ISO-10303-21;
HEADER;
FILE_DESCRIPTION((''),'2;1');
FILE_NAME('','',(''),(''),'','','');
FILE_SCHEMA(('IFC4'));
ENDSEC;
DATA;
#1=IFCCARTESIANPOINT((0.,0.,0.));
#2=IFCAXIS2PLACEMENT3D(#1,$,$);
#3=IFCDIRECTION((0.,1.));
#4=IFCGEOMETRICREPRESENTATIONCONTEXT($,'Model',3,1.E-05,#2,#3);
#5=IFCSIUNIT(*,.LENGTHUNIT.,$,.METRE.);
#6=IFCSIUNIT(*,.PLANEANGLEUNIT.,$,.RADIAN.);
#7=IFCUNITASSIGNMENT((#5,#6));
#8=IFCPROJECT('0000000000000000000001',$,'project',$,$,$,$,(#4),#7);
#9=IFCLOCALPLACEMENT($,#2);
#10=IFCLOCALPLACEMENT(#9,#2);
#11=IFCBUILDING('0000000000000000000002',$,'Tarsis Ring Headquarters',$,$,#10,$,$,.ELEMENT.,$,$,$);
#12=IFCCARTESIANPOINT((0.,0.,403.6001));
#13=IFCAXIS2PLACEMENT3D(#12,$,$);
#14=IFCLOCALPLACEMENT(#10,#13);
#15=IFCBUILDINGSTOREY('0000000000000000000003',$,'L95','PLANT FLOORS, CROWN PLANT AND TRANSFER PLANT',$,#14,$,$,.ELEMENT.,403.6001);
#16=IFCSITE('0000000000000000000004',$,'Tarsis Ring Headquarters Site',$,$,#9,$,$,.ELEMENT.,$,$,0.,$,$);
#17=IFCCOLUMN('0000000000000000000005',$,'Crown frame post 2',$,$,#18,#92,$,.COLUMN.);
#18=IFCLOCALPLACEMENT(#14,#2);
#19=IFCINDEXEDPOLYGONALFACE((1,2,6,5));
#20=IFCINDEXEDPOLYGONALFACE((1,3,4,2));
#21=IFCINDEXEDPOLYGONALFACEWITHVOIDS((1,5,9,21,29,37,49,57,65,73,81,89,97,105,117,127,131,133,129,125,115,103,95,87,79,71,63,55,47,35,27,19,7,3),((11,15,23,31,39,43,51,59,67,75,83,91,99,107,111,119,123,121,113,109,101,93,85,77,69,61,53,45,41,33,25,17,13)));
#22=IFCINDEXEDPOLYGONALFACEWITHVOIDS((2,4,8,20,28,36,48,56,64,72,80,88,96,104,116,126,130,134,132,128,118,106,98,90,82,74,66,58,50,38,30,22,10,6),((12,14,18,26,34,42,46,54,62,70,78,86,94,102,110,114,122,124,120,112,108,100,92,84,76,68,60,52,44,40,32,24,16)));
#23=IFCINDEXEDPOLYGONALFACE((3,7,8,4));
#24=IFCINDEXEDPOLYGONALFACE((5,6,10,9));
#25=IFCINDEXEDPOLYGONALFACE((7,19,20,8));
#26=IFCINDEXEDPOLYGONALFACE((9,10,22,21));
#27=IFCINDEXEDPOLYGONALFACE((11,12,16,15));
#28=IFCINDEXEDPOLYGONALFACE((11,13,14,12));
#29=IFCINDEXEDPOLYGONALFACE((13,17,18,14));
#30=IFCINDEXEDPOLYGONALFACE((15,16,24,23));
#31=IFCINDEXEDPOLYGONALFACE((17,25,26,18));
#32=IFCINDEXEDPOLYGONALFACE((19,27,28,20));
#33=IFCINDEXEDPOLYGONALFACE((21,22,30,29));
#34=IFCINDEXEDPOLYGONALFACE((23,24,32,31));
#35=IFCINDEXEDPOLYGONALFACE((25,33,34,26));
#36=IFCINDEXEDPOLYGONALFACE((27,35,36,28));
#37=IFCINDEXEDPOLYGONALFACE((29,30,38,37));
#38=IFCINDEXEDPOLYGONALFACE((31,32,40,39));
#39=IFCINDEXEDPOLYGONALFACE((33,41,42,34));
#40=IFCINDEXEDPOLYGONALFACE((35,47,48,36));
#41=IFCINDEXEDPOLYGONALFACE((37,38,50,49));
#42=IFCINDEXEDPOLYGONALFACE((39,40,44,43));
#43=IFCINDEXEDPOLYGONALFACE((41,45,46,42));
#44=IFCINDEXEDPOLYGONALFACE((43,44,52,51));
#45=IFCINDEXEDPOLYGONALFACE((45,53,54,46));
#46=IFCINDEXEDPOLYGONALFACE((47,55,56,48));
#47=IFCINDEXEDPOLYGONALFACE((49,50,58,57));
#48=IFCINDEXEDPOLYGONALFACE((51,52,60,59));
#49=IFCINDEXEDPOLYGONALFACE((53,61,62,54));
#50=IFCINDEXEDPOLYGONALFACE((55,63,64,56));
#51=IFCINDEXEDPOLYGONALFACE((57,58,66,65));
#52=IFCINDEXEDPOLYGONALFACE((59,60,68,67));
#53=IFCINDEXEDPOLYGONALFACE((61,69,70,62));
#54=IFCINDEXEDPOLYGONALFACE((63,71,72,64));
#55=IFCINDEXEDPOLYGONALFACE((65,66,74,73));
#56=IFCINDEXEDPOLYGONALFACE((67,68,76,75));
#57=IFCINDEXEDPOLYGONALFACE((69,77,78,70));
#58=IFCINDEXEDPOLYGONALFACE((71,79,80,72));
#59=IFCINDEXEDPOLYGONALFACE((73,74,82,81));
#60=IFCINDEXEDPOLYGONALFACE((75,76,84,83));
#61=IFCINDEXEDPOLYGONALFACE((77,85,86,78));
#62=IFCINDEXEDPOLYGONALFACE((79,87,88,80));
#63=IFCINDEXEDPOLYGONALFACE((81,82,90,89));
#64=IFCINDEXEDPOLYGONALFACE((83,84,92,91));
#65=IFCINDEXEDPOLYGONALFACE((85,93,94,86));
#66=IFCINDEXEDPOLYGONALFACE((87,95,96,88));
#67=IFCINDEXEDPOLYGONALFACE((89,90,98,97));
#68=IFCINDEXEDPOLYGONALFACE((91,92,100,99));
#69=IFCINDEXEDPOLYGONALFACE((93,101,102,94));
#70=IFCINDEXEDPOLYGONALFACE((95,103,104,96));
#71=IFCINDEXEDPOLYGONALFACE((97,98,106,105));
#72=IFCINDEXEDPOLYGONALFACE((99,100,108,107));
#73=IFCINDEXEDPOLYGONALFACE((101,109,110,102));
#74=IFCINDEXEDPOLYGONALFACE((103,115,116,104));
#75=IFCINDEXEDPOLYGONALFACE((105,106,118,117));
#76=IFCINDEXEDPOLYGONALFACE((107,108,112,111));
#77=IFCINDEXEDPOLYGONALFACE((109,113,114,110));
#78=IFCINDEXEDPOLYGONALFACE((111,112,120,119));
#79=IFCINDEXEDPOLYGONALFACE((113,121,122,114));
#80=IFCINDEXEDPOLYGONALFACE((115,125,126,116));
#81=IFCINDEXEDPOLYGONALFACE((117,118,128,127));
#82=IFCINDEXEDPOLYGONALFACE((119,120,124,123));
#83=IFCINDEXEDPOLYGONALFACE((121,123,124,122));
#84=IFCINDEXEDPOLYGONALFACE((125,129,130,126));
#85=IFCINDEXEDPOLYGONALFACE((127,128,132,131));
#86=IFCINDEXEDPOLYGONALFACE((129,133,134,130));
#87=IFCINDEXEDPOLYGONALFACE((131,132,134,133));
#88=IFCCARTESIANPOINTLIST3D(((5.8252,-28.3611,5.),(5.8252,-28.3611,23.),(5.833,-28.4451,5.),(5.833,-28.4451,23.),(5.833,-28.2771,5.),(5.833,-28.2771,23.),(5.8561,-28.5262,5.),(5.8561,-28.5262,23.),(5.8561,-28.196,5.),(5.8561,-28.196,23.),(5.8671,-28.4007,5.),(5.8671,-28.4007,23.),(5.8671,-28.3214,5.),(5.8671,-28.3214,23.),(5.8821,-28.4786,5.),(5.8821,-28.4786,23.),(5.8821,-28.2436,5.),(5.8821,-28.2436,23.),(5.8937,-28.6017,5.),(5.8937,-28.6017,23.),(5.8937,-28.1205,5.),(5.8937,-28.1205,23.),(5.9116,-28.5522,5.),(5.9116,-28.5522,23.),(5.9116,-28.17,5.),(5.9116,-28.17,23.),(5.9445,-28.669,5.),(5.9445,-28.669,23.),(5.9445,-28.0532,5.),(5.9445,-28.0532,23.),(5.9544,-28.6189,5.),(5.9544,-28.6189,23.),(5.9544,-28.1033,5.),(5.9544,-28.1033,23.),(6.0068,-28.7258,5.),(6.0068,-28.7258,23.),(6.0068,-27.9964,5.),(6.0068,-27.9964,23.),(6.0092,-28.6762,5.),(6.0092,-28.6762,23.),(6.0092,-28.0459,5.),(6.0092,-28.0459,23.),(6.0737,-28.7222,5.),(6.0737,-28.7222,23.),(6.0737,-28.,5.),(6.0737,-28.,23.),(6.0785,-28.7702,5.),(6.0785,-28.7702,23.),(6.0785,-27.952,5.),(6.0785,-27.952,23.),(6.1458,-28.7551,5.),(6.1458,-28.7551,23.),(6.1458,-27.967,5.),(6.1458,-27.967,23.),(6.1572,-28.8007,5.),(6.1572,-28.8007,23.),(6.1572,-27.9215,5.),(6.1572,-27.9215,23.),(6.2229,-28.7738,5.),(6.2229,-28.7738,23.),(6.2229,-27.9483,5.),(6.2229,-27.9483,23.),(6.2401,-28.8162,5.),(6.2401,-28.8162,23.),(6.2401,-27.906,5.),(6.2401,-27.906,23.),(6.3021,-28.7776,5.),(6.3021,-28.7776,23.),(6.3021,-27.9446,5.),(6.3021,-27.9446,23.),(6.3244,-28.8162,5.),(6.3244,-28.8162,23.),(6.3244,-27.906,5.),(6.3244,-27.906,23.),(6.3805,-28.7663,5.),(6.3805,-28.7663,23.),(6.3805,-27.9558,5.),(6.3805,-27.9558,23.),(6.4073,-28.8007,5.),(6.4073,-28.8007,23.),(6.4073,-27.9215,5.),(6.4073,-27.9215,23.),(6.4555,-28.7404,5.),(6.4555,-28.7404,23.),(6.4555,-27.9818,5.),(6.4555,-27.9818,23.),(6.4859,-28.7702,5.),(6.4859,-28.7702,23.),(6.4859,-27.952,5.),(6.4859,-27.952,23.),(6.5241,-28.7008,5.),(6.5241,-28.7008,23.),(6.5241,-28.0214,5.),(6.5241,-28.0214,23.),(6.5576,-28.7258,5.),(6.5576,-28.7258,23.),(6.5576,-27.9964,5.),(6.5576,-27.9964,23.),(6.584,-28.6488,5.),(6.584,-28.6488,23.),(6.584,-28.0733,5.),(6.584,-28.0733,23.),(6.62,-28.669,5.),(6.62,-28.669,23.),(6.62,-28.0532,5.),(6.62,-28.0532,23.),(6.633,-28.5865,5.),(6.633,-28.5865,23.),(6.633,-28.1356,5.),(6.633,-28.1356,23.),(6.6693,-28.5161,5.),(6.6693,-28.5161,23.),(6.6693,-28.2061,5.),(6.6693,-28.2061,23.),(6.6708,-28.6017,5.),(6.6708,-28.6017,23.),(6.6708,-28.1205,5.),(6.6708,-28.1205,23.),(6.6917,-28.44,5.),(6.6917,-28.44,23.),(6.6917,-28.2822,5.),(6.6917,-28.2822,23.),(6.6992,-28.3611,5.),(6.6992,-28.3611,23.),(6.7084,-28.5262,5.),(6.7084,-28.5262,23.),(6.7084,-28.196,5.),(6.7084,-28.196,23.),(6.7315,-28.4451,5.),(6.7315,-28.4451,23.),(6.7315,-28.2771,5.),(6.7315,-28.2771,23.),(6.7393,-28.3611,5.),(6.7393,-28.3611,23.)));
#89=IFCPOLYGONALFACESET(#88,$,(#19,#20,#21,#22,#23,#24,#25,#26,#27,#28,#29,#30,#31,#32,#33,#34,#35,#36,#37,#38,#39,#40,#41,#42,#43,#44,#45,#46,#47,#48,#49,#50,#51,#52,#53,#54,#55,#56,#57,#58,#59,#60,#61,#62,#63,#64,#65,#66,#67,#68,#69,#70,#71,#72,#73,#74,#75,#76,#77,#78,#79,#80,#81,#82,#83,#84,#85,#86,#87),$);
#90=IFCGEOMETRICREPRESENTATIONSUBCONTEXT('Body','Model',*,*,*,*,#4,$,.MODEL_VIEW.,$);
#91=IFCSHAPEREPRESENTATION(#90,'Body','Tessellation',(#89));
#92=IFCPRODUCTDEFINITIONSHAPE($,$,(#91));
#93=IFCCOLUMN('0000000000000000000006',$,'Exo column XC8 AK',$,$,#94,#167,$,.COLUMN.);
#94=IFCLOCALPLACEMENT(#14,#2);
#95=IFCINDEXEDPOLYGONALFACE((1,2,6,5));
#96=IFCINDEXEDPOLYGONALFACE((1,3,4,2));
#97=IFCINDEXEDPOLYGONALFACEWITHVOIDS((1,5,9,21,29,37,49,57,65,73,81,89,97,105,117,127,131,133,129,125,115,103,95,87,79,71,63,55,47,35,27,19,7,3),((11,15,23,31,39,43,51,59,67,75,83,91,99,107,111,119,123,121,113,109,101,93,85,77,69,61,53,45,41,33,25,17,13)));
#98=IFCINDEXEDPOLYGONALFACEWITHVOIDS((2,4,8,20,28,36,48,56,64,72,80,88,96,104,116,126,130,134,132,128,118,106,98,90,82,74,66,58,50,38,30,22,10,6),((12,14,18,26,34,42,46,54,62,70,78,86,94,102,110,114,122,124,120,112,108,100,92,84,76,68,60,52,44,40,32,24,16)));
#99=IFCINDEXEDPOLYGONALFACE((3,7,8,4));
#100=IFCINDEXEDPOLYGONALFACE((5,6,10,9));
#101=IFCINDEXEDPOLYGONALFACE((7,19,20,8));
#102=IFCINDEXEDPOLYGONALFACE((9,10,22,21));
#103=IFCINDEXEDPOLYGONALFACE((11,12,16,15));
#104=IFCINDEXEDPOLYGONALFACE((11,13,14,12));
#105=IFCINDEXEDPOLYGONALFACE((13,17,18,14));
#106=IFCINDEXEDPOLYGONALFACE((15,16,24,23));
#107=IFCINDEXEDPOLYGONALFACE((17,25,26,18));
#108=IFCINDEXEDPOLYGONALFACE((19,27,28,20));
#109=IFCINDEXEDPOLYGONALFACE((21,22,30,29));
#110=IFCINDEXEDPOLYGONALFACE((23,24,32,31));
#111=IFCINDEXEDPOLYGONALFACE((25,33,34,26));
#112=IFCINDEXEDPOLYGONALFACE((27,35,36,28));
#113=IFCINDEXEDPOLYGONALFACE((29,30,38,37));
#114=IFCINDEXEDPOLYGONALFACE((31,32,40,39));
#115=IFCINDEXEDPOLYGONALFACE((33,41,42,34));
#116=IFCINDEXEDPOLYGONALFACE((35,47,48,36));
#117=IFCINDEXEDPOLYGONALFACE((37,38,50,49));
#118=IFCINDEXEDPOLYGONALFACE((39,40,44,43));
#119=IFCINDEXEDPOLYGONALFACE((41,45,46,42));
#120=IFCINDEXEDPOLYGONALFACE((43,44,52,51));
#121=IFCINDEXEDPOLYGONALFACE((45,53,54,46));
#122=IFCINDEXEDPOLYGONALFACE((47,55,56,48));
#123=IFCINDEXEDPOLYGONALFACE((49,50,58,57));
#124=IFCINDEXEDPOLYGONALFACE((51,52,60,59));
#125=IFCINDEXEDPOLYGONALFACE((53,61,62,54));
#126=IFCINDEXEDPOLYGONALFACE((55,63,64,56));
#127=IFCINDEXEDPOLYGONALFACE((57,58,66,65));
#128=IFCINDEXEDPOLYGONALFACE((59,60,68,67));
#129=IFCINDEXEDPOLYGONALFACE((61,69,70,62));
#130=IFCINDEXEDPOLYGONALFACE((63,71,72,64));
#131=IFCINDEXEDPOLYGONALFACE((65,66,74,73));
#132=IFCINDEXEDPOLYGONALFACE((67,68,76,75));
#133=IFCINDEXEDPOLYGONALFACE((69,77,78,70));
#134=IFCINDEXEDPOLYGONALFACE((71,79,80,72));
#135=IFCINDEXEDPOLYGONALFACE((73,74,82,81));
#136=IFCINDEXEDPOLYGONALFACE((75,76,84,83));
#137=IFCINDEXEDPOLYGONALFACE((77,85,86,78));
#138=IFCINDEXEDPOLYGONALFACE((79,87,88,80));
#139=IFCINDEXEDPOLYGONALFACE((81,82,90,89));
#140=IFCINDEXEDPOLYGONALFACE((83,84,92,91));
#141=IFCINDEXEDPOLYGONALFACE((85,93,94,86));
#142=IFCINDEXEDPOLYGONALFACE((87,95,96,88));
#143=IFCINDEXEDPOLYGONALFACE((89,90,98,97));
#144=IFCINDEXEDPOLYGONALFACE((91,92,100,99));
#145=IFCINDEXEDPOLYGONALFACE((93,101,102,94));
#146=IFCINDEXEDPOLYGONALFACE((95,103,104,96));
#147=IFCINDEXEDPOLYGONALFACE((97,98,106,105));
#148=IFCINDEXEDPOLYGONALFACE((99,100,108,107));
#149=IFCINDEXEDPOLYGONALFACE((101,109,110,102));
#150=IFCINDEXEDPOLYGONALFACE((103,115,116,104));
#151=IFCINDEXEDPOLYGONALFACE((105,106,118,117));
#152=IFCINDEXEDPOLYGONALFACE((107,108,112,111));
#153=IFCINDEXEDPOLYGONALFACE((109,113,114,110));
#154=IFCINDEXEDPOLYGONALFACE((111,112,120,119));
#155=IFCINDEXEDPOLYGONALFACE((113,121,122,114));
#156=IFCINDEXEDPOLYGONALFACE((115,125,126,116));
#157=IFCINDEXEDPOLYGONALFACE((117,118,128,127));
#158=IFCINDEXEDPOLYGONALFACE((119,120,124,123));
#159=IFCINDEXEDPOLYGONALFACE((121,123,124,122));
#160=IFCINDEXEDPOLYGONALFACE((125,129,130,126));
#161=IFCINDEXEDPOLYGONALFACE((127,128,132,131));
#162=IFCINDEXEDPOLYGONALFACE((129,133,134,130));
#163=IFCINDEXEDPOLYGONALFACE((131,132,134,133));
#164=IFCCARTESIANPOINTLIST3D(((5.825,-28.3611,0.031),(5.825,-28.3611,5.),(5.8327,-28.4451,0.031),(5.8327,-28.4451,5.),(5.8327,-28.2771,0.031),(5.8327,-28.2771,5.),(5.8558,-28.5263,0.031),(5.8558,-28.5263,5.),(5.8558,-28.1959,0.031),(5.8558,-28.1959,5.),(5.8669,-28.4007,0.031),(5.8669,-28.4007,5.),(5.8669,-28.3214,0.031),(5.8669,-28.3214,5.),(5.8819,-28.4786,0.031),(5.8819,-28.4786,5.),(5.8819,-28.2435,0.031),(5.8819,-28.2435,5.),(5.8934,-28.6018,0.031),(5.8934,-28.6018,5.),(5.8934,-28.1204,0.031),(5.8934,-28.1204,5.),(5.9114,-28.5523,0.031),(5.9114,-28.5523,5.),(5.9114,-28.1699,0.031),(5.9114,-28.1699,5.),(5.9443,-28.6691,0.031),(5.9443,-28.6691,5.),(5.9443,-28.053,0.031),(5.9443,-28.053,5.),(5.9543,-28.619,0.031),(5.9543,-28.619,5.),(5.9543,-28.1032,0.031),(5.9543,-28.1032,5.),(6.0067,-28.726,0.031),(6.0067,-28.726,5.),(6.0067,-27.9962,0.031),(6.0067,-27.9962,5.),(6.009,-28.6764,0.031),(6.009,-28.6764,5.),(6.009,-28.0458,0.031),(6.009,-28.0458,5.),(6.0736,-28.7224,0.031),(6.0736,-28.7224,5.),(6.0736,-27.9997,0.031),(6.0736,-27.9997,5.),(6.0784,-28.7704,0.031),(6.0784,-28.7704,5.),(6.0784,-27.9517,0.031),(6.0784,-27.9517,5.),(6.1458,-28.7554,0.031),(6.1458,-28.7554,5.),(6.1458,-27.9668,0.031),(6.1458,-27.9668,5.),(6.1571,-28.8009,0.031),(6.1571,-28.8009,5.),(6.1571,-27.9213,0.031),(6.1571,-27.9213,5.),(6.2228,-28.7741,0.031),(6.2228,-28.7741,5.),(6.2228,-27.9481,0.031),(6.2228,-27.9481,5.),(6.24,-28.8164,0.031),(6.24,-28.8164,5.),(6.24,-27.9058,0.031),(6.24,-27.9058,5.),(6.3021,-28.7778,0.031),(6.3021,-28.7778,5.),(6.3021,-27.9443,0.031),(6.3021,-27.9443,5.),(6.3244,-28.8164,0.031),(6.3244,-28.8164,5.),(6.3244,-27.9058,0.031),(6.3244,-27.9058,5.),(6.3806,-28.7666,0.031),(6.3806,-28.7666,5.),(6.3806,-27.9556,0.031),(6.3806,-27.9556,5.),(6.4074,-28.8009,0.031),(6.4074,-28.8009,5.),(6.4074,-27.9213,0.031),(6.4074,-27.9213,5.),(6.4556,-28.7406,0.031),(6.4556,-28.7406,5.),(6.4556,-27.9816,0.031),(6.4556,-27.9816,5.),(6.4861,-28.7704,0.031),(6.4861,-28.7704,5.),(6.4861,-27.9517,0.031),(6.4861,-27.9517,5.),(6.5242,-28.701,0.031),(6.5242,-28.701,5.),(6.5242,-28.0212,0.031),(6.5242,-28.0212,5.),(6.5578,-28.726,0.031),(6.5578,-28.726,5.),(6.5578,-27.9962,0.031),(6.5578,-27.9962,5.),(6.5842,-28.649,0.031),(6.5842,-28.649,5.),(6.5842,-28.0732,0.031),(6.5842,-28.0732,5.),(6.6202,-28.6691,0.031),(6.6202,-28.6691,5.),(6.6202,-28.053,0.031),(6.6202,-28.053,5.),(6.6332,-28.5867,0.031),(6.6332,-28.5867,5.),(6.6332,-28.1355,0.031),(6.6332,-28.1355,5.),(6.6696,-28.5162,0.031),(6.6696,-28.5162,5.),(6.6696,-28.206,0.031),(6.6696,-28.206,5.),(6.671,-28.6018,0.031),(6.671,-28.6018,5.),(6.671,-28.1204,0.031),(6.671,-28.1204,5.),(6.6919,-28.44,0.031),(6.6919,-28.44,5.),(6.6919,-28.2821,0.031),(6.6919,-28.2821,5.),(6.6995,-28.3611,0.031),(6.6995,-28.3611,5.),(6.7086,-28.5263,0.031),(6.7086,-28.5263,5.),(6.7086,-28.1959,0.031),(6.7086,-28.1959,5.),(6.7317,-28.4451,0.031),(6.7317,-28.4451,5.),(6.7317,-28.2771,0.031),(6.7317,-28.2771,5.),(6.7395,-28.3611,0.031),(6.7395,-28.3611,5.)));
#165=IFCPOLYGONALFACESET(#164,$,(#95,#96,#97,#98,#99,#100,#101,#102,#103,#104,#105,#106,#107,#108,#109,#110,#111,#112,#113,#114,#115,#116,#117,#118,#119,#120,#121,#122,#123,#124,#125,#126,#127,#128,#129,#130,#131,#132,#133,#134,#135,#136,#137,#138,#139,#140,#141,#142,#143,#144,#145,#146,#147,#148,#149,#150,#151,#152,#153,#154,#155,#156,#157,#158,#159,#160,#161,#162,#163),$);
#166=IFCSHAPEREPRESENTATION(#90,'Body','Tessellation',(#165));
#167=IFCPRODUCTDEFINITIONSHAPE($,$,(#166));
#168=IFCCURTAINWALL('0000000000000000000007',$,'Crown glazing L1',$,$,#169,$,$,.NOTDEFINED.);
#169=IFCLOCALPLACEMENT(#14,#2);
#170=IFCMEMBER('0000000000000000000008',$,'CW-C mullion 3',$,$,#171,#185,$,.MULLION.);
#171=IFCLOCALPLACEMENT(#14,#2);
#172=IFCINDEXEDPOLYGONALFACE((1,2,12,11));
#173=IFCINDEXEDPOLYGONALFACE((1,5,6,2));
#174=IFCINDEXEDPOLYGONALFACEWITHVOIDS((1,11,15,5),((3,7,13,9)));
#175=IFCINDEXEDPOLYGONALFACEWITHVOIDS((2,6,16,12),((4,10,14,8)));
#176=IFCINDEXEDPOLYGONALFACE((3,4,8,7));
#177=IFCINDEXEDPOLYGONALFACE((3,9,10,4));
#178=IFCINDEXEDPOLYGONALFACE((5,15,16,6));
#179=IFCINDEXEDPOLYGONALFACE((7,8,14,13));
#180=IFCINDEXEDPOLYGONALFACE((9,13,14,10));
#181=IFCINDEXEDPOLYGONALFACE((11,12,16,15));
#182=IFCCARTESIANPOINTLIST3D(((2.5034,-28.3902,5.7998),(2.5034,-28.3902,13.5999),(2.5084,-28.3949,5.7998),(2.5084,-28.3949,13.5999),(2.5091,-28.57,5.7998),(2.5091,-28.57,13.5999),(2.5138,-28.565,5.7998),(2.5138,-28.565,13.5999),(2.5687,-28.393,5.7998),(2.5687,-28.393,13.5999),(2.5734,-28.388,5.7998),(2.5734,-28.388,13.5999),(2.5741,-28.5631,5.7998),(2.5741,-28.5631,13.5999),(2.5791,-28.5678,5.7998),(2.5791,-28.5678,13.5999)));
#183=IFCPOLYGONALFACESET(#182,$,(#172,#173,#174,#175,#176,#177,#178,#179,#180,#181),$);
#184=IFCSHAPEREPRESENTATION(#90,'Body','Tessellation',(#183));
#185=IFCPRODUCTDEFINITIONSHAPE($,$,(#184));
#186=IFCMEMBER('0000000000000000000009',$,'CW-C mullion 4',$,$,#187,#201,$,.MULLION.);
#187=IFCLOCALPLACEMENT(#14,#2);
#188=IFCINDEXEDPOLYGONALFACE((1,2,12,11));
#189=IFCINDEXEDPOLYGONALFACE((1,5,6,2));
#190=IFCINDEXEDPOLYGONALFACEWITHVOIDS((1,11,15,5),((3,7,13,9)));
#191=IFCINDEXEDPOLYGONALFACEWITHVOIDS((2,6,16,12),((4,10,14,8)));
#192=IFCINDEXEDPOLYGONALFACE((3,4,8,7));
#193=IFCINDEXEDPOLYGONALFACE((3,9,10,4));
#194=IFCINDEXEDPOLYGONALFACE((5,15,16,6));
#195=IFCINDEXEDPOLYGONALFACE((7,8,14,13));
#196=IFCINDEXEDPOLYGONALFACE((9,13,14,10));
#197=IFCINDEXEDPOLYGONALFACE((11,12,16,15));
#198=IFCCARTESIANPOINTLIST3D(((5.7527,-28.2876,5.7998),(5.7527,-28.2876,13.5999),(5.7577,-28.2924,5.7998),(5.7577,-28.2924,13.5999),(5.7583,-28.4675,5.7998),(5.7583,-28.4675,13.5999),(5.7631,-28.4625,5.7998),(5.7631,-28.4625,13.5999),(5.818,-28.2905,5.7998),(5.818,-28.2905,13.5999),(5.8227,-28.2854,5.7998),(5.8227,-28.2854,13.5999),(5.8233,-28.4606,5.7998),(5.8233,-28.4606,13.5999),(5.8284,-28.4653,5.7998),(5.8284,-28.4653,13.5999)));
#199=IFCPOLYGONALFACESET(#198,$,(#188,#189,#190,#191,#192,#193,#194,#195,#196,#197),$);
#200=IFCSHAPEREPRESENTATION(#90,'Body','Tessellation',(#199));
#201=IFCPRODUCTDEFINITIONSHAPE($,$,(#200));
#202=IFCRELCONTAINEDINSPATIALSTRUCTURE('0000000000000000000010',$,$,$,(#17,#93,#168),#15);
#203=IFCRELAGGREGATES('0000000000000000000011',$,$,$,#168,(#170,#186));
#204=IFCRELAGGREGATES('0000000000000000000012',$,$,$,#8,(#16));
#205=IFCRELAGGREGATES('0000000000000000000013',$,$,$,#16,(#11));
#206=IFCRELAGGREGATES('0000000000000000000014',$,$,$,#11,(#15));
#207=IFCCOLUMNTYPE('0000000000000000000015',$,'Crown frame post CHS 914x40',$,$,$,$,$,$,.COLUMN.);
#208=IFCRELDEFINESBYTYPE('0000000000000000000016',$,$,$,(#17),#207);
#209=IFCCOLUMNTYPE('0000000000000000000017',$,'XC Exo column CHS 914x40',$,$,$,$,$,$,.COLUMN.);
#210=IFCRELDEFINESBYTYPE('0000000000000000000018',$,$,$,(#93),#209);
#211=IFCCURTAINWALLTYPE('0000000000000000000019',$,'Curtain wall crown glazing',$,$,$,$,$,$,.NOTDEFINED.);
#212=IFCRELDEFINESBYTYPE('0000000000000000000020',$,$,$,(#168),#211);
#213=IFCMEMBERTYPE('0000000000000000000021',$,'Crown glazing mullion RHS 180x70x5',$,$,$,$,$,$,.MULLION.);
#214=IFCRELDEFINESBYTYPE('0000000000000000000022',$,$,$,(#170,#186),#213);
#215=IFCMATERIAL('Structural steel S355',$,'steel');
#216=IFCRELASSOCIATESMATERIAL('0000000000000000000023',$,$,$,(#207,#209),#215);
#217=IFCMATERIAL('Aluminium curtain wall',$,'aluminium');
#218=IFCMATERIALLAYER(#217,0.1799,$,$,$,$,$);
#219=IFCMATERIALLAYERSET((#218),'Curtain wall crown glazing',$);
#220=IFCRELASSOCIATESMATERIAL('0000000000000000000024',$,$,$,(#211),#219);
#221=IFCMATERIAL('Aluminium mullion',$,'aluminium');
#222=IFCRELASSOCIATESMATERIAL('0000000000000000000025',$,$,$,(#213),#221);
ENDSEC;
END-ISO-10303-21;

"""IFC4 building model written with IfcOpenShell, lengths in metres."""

from ifc_helpers import new_model, si_unit, direction, frame, origin, origin_2d, place, context, subcontext, project, spatial, hollow_rectangle, hollow_circle, extrude, material, layer, layer_set, material_profile, profile_set, type_object, element, aggregate, save


model = new_model("IFC4")

# Units and contexts
model_context = context("Model", 3, precision=1e-05, world=origin(), true_north=direction((0.0, 1.0)))
body_context = subcontext(model_context, "Body", "Model", "MODEL_VIEW")
ifc_project = project(units=[si_unit("LENGTHUNIT", "METRE"), si_unit("PLANEANGLEUNIT", "RADIAN")], contexts=[model_context])

# Site, building, storey
site_placement = place(None, origin())
site = spatial("IfcSite", under=ifc_project, at=site_placement, Name="Tarsis Ring Headquarters Site", CompositionType="ELEMENT", RefElevation=0.0)
building_placement = place(site_placement, origin())
building = spatial("IfcBuilding", under=site, at=building_placement, Name="Tarsis Ring Headquarters", CompositionType="ELEMENT")
storey_placement = place(building_placement, frame((0.0, 0.0, 403.6001)))
storey = spatial("IfcBuildingStorey", under=building, at=storey_placement, Name="L95", Description="PLANT FLOORS, CROWN PLANT AND TRANSFER PLANT", CompositionType="ELEMENT", Elevation=403.6001)

# Columns
ifc_material_1 = material(Name="Structural steel S355", Category="steel")
ifc_material_profile_1 = material_profile(ifc_material_1, hollow_circle(Radius=0.457, WallThickness=0.04, at=origin_2d()), Name="CHS 914x40")
ifc_profile_set_1 = profile_set([ifc_material_profile_1], Name="Structural steel S355")
column_type_1 = type_object("IfcColumnType", Name="Crown frame post CHS 914x40", PredefinedType="COLUMN", material=ifc_profile_set_1)
column_1_placement = place(storey_placement, frame((6.2822, -28.3611, 5.0), z_axis=(0.0, 0.0, 1.0), x_axis=(1.0, 0.0, 0.0)))
element("IfcColumn", 1, at=column_1_placement, inside=storey, type_object=column_type_1, Name="Crown frame post 2", PredefinedType="COLUMN", context=body_context, shape_type="SweptSolid", body=[
    extrude(hollow_circle(Radius=0.457, WallThickness=0.04, at=origin_2d()), origin(), (0.0, 0.0, 1.0), 18.0),
])
column_type_2 = type_object("IfcColumnType", Name="XC Exo column CHS 914x40", PredefinedType="COLUMN", material=ifc_profile_set_1)
column_2_placement = place(storey_placement, frame((6.2822, -28.3611, 0.031), z_axis=(0.0, 0.0, 1.0), x_axis=(1.0, 0.0, 0.0)))
element("IfcColumn", 2, at=column_2_placement, inside=storey, type_object=column_type_2, Name="Exo column XC8 AK", PredefinedType="COLUMN", context=body_context, shape_type="SweptSolid", body=[
    extrude(hollow_circle(Radius=0.4573, WallThickness=0.04, at=origin_2d()), origin(), (0.0, 0.0, 1.0), 4.969),
])

# Curtain wall, members
ifc_material_2 = material(Name="Aluminium curtain wall", Category="aluminium")
ifc_layer_1 = layer(ifc_material_2, 0.1799)
ifc_layer_set_1 = layer_set([ifc_layer_1], Name="Curtain wall crown glazing")
curtain_wall_type = type_object("IfcCurtainWallType", Name="Curtain wall crown glazing", PredefinedType="NOTDEFINED", material=ifc_layer_set_1)
curtain_wall_placement = place(storey_placement, origin())
curtain_wall = element("IfcCurtainWall", 3, at=curtain_wall_placement, inside=storey, type_object=curtain_wall_type, Name="Crown glazing L1", PredefinedType="NOTDEFINED")
ifc_material_3 = material(Name="Aluminium mullion", Category="aluminium")
ifc_material_profile_2 = material_profile(ifc_material_3, hollow_rectangle(XDim=0.1799, YDim=0.0701, WallThickness=0.0049, at=origin_2d()), Name="RHS 180x70x5")
ifc_profile_set_2 = profile_set([ifc_material_profile_2], Name="Aluminium mullion")
member_type_1 = type_object("IfcMemberType", Name="Crown glazing mullion RHS 180x70x5", PredefinedType="MULLION", material=ifc_profile_set_2)
member_1_placement = place(storey_placement, frame((2.5413, -28.479, 5.7998), z_axis=(0.0, 0.0, 1.0), x_axis=(-0.031498, 0.999504, 0.0)))
member_1 = element("IfcMember", 4, at=member_1_placement, type_object=member_type_1, Name="CW-C mullion 3", PredefinedType="MULLION", context=body_context, shape_type="SweptSolid", body=[
    extrude(hollow_rectangle(XDim=0.1799, YDim=0.0701, WallThickness=0.0049, at=origin_2d()), origin(), (0.0, 0.0, 1.0), 7.8),
])
member_2_placement = place(storey_placement, frame((5.7905, -28.3765, 5.7998), z_axis=(0.0, 0.0, 1.0), x_axis=(-0.031498, 0.999504, 0.0)))
member_2 = element("IfcMember", 5, at=member_2_placement, type_object=member_type_1, Name="CW-C mullion 4", PredefinedType="MULLION", context=body_context, shape_type="SweptSolid", body=[
    extrude(hollow_rectangle(XDim=0.1799, YDim=0.0701, WallThickness=0.0049, at=origin_2d()), origin(), (0.0, 0.0, 1.0), 7.8),
])

aggregate(curtain_wall, [member_1, member_2])

save(model, "model.ifc")
